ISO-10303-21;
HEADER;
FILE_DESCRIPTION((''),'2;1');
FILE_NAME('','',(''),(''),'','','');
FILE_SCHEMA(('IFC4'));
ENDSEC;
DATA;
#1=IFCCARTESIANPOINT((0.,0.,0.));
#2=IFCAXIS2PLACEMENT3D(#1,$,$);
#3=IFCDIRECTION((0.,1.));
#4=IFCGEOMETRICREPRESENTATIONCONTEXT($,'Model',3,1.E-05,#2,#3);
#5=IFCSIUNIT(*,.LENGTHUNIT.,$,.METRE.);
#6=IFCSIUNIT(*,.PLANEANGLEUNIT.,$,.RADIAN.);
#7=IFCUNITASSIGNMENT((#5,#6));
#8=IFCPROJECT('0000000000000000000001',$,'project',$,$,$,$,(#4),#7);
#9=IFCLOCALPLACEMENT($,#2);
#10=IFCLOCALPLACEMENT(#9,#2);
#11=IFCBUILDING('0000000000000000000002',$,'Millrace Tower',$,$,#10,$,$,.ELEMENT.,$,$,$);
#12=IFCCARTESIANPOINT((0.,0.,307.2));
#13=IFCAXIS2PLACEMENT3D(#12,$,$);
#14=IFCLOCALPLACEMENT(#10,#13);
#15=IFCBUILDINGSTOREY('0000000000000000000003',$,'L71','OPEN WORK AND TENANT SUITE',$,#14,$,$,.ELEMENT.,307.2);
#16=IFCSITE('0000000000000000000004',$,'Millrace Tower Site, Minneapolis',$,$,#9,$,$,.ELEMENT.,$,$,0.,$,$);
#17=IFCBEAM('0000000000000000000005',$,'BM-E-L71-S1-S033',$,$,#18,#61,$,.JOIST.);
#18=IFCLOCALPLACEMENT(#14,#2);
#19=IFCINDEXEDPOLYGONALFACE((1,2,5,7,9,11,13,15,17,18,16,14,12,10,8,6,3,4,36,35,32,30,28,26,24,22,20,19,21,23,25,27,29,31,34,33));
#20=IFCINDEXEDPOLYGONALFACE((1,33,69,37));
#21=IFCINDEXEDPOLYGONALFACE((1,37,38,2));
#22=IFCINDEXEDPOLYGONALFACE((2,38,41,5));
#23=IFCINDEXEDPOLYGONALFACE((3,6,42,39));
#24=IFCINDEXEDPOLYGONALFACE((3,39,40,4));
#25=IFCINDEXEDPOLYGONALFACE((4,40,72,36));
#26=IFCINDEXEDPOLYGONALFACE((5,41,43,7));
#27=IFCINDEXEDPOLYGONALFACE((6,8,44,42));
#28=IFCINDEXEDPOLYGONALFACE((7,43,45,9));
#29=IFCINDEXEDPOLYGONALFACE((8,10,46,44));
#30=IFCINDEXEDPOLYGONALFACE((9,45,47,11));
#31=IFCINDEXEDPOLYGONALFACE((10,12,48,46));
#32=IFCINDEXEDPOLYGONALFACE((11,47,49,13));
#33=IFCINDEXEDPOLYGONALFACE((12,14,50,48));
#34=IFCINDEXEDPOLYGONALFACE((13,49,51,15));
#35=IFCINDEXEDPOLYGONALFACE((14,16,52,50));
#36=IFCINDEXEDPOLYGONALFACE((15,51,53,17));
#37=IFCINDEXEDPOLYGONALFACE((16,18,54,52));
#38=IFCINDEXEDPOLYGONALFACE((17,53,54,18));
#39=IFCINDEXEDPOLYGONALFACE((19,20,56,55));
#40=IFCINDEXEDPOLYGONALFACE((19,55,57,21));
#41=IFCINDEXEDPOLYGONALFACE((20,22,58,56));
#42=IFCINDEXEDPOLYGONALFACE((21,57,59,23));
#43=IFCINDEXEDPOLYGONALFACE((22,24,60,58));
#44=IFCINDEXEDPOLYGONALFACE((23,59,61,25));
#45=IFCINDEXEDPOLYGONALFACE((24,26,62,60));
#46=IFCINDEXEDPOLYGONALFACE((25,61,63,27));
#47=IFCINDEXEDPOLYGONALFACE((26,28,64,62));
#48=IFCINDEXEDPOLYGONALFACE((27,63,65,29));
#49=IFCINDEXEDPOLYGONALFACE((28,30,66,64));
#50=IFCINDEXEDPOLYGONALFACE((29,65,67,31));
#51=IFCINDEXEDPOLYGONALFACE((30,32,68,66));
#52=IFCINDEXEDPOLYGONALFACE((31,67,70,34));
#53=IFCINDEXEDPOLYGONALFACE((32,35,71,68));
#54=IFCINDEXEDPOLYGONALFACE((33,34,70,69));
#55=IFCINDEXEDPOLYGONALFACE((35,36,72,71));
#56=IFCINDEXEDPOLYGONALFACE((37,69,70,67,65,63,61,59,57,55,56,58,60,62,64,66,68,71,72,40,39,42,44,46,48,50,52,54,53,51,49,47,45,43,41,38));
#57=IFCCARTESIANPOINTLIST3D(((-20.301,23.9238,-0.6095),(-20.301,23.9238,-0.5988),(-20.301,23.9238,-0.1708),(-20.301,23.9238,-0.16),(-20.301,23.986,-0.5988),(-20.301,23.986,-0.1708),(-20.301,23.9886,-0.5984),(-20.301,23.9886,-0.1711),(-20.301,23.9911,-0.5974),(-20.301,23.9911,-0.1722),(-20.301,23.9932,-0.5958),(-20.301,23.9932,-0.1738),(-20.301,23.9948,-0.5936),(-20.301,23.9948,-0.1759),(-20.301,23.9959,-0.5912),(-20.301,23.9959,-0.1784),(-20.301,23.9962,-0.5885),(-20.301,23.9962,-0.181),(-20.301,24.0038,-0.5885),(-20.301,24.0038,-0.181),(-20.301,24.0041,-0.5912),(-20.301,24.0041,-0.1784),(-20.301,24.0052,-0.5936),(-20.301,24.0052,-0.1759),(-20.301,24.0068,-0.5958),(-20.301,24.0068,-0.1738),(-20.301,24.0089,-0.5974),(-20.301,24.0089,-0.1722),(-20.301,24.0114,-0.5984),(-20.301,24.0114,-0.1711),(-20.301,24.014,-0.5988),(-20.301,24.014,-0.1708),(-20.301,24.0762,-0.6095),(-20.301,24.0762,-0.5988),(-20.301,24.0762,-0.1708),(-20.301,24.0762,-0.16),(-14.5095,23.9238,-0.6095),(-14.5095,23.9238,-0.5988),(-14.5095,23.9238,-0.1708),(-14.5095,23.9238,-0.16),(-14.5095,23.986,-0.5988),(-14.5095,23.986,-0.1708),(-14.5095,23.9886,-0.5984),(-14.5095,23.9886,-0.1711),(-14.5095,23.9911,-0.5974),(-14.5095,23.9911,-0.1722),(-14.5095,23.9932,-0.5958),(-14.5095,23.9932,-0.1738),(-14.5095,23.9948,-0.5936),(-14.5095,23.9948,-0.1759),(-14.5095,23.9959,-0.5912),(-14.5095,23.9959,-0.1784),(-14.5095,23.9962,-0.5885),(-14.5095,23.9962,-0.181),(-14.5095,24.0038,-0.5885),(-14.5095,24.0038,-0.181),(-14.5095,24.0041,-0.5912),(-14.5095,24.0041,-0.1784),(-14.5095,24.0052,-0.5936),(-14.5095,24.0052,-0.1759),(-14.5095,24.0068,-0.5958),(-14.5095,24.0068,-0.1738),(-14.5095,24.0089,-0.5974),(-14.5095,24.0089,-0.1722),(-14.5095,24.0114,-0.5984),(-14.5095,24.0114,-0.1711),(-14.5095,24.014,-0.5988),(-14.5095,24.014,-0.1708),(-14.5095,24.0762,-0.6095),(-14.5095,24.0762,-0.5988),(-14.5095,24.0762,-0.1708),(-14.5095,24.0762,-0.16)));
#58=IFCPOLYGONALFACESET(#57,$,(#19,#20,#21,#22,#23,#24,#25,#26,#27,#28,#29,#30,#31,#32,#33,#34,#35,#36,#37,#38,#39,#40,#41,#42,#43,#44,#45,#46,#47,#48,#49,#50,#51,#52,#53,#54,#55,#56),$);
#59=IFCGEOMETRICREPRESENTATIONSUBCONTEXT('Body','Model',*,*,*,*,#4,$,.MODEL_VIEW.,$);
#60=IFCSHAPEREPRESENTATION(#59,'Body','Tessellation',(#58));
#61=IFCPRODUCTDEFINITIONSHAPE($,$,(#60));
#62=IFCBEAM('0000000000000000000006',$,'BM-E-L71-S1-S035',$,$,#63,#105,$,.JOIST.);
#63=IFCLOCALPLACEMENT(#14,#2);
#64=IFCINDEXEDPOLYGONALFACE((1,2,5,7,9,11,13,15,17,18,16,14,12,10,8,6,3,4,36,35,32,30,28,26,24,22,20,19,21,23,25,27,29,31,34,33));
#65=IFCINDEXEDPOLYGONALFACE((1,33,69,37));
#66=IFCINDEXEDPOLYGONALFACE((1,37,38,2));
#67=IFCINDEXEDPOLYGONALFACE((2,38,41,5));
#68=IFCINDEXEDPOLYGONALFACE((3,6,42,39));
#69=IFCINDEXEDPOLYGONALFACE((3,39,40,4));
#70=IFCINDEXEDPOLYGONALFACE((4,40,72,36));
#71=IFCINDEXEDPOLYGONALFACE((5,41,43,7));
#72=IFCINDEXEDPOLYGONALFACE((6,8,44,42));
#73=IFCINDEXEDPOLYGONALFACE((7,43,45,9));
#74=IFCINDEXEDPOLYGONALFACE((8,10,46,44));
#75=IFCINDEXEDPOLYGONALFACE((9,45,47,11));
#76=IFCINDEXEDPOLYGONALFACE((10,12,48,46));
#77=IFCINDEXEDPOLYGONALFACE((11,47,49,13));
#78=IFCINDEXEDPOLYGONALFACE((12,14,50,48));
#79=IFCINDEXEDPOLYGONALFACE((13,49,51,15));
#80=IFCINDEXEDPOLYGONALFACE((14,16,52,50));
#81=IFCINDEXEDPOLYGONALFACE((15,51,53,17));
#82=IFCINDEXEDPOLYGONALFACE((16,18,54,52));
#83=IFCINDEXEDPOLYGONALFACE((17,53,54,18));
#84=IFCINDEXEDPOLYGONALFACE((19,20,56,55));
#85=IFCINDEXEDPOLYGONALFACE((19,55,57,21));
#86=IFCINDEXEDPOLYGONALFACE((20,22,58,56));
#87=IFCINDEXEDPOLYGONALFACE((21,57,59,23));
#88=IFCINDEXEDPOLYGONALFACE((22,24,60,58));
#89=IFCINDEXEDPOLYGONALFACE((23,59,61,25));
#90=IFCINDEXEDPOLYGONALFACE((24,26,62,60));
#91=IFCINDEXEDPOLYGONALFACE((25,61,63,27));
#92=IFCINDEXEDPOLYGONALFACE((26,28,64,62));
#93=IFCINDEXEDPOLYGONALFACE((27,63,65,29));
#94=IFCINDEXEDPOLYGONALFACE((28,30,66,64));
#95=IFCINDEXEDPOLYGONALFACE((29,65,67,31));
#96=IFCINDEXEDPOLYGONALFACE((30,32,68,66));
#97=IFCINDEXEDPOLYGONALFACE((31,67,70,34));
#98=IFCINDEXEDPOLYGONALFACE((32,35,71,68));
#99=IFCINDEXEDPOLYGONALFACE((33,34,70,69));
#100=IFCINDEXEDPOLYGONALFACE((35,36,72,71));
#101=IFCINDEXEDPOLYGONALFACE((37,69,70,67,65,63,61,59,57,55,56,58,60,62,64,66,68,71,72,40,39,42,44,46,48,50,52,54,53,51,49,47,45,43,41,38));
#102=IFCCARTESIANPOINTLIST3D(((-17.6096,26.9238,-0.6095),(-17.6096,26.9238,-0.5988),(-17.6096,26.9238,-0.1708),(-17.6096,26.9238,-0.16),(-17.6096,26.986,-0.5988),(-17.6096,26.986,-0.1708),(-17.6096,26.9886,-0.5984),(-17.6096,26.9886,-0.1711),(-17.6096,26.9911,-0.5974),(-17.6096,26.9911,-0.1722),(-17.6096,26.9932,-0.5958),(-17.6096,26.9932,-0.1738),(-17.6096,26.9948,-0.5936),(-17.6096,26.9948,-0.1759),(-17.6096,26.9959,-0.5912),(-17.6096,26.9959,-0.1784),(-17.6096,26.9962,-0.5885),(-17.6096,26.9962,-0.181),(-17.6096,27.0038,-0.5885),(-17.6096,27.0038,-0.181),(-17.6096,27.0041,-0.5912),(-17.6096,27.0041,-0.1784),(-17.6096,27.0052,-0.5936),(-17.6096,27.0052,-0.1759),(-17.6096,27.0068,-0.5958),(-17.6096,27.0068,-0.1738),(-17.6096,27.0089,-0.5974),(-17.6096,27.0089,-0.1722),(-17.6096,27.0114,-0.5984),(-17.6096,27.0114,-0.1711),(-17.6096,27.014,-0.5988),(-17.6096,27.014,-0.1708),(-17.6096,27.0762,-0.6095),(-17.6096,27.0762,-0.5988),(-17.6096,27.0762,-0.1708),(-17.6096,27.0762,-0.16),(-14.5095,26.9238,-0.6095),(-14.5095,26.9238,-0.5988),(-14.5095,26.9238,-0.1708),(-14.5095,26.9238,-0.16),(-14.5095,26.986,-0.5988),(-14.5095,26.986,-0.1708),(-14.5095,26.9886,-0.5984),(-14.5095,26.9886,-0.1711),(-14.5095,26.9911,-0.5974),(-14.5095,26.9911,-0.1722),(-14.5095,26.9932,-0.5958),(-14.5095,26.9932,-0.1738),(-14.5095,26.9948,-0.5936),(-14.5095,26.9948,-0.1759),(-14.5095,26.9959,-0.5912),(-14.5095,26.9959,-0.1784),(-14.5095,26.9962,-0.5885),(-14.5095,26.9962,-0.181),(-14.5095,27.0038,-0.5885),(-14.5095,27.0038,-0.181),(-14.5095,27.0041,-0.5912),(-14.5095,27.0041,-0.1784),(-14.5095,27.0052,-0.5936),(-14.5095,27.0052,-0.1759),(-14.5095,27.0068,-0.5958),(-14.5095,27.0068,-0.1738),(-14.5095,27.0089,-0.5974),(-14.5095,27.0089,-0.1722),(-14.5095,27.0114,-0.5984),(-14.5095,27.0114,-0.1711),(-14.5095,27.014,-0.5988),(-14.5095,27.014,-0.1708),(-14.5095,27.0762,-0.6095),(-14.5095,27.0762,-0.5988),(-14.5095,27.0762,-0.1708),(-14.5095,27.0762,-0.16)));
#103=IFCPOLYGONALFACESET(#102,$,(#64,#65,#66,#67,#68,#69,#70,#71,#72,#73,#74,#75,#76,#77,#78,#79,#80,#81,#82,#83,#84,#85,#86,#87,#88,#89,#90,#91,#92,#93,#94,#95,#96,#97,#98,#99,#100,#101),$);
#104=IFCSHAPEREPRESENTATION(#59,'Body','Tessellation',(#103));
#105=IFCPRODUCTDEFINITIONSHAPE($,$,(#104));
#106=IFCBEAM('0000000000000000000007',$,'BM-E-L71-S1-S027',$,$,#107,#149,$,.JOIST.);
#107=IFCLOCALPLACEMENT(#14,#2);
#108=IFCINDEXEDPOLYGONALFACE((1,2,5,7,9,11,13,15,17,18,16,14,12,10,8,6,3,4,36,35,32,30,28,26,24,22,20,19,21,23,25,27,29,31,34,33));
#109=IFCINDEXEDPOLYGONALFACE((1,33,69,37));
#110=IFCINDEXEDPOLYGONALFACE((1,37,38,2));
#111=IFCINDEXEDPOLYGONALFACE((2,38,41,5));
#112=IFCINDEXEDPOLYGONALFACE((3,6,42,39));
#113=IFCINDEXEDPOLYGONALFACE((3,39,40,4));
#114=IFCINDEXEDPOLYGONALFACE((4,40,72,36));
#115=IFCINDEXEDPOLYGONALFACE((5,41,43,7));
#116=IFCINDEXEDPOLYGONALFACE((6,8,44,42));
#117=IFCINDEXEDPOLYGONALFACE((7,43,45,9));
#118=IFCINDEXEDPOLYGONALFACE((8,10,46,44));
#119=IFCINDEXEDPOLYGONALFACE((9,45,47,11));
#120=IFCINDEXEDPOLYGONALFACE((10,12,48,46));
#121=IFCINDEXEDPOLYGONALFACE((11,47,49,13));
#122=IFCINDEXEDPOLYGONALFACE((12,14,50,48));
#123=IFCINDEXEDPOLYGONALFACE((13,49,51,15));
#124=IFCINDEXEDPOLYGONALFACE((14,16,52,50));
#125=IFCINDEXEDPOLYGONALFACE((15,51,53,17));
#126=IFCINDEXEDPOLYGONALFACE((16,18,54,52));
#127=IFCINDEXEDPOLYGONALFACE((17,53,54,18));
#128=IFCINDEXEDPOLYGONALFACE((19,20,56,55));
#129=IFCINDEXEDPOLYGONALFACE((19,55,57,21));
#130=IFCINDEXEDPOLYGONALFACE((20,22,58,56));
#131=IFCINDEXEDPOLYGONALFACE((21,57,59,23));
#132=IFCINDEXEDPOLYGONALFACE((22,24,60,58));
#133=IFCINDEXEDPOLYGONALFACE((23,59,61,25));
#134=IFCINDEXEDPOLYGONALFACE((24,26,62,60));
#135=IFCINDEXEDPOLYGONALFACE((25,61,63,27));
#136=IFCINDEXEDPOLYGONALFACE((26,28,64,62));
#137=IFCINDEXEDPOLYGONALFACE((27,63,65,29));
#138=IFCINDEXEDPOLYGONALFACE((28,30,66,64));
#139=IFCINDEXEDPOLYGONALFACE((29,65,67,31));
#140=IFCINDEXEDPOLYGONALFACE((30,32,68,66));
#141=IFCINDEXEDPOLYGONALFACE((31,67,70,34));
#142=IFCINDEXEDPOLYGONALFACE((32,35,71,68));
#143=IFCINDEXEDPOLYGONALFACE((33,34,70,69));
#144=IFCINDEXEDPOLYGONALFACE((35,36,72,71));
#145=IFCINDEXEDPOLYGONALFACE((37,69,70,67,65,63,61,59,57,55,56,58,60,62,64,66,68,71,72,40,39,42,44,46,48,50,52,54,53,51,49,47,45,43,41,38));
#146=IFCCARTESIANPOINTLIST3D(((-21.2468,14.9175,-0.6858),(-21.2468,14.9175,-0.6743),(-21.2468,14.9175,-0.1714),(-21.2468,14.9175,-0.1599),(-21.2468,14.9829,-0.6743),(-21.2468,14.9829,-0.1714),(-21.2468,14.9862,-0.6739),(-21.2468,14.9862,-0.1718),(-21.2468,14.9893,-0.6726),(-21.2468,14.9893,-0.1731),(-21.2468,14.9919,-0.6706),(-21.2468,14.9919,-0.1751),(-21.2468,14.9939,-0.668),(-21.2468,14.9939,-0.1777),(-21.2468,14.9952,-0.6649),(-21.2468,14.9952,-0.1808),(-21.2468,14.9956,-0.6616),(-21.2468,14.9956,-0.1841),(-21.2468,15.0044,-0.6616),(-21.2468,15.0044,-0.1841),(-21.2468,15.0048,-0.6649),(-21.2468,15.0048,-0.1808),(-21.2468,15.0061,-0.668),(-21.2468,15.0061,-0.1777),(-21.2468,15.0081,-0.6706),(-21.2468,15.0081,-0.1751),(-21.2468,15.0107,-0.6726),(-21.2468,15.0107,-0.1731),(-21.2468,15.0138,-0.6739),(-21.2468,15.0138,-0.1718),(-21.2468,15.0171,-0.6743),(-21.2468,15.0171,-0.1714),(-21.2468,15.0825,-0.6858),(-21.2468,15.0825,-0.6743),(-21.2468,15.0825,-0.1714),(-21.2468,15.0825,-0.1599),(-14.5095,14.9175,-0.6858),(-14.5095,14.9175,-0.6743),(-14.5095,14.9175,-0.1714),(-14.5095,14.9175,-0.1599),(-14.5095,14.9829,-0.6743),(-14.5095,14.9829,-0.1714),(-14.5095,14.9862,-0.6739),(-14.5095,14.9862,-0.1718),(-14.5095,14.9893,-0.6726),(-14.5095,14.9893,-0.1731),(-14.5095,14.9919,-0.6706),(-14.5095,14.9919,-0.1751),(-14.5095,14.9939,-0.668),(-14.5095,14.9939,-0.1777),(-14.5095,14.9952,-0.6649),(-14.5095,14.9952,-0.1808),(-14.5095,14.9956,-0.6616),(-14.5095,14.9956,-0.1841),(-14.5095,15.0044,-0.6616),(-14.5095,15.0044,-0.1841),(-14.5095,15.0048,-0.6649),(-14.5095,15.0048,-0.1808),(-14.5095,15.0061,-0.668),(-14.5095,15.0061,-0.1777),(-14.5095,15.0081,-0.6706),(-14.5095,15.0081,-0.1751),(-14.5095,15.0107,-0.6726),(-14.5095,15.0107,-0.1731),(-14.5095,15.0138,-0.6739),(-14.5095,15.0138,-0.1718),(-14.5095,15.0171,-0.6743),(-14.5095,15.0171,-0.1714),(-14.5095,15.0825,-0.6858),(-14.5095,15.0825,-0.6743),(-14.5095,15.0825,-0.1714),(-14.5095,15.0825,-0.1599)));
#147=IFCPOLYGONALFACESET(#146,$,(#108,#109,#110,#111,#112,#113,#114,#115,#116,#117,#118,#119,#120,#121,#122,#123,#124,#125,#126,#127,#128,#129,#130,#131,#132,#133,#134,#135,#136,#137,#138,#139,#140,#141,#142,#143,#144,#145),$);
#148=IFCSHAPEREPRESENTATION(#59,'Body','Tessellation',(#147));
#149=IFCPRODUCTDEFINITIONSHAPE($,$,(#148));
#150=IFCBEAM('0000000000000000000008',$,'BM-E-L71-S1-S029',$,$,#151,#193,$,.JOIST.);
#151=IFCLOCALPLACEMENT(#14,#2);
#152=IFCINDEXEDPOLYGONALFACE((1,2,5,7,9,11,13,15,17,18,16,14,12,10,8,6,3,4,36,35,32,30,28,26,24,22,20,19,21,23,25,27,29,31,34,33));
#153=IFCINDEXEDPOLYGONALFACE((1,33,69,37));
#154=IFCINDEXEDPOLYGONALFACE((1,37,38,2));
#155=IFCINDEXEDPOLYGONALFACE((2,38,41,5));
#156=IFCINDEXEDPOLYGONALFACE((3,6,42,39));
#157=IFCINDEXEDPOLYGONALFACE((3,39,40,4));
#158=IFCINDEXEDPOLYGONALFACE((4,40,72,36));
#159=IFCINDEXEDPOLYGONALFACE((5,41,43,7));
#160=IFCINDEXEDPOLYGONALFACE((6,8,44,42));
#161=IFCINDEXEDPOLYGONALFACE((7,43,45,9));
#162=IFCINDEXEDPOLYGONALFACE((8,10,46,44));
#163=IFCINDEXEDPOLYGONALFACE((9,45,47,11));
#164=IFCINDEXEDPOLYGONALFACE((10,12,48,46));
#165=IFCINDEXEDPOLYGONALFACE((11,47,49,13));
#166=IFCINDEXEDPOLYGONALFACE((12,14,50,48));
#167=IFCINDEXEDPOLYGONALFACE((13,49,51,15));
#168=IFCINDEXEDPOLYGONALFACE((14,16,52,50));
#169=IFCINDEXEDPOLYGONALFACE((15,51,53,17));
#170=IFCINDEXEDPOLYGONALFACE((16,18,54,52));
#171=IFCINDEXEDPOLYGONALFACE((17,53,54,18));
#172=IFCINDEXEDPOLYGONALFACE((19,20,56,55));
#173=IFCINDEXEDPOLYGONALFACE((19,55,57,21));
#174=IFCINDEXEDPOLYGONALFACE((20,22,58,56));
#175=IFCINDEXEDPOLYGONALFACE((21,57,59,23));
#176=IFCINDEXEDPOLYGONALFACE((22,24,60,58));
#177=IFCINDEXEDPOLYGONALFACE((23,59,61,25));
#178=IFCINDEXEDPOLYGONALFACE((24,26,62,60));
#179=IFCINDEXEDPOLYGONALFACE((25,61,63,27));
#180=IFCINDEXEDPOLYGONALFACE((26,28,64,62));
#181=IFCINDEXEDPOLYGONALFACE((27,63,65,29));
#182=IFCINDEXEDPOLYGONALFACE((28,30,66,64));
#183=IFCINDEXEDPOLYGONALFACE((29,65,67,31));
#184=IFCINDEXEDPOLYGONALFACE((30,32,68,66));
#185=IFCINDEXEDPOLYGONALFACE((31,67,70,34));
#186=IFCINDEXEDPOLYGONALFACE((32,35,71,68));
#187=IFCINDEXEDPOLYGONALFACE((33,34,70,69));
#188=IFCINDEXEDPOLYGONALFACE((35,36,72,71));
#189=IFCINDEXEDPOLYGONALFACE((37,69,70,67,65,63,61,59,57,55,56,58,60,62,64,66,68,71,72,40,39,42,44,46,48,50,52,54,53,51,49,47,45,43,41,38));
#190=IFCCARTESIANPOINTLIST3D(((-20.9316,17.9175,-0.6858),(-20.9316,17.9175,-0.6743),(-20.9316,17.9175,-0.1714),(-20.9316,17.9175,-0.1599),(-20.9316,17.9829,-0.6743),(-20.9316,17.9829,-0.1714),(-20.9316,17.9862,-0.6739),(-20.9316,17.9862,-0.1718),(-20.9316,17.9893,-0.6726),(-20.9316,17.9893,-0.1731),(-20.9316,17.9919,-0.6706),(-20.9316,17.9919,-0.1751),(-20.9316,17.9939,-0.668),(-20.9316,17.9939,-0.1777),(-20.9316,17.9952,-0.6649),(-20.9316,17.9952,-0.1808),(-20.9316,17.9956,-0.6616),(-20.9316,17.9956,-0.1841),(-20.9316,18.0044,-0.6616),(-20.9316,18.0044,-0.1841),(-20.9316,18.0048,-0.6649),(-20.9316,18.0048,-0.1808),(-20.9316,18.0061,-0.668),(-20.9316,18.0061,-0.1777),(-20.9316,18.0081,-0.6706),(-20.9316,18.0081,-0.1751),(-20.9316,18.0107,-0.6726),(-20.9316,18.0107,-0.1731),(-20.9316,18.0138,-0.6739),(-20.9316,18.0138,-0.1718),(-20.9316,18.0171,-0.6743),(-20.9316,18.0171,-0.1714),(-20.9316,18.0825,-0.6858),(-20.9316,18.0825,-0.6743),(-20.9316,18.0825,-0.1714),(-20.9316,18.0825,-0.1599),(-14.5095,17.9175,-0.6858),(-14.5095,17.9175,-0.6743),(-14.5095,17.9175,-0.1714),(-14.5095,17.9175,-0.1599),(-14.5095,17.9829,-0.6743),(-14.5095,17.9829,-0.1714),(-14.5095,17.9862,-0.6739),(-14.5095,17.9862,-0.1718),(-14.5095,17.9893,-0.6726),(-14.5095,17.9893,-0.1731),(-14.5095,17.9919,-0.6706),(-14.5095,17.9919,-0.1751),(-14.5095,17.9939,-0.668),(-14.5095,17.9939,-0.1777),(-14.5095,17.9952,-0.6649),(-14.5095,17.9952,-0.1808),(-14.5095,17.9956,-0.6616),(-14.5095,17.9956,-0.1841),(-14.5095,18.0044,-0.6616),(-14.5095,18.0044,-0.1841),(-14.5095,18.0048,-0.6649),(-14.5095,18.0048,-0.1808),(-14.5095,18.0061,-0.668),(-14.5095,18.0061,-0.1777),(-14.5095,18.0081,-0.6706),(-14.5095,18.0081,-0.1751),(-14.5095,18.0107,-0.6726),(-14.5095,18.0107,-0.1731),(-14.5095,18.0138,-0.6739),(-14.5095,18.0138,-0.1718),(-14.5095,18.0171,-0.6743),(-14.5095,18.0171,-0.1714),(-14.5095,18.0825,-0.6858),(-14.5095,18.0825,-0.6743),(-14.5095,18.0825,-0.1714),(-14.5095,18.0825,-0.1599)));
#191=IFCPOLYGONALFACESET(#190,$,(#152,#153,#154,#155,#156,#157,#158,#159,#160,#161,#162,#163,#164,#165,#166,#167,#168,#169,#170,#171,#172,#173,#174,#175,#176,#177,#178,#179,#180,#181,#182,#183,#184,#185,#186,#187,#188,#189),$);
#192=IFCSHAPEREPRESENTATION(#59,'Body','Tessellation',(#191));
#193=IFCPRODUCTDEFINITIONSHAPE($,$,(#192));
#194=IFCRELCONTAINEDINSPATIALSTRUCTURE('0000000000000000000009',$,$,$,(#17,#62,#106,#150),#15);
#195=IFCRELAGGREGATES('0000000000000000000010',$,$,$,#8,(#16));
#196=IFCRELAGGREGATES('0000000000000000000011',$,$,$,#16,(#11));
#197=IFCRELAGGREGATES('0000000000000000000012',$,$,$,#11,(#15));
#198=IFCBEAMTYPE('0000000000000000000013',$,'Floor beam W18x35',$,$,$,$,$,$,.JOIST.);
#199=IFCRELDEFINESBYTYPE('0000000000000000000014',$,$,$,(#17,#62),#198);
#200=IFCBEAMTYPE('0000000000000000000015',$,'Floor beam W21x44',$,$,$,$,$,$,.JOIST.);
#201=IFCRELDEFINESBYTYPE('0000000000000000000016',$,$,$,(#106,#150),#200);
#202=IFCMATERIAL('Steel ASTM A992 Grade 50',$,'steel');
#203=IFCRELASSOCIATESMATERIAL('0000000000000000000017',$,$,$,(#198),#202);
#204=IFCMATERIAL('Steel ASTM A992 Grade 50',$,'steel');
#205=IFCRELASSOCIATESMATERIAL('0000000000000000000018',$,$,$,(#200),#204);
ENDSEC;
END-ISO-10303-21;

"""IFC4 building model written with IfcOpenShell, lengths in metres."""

from ifc_helpers import new_model, si_unit, direction, frame, origin, origin_2d, place, context, subcontext, project, spatial, i_section, extrude, material, material_profile, profile_set, type_object, element, save


model = new_model("IFC4")

# Units and contexts
model_context = context("Model", 3, precision=1e-05, world=origin(), true_north=direction((0.0, 1.0)))
body_context = subcontext(model_context, "Body", "Model", "MODEL_VIEW")
ifc_project = project(units=[si_unit("LENGTHUNIT", "METRE"), si_unit("PLANEANGLEUNIT", "RADIAN")], contexts=[model_context])

# Site, building, storey
site_placement = place(None, origin())
site = spatial("IfcSite", under=ifc_project, at=site_placement, Name="Millrace Tower Site, Minneapolis", CompositionType="ELEMENT", RefElevation=0.0)
building_placement = place(site_placement, origin())
building = spatial("IfcBuilding", under=site, at=building_placement, Name="Millrace Tower", CompositionType="ELEMENT")
storey_placement = place(building_placement, frame((0.0, 0.0, 307.2)))
storey = spatial("IfcBuildingStorey", under=building, at=storey_placement, Name="L71", Description="OPEN WORK AND TENANT SUITE", CompositionType="ELEMENT", Elevation=307.2)

# Beams
ifc_material_1 = material(Name="Steel ASTM A992 Grade 50", Category="steel")
ifc_material_profile_1 = material_profile(ifc_material_1, i_section(OverallWidth=0.1523, OverallDepth=0.4495, WebThickness=0.0076, FlangeThickness=0.0107, FilletRadius=0.0103, at=origin_2d()))
ifc_profile_set_1 = profile_set([ifc_material_profile_1], Name="Steel ASTM A992 Grade 50")
beam_type_1 = type_object("IfcBeamType", Name="Floor beam W18x35", PredefinedType="JOIST", material=ifc_profile_set_1)
beam_1_placement = place(storey_placement, frame((-20.301, 24.0, -0.3848), z_axis=(1.0, 0.0, 0.0), x_axis=(0.0, 1.0, 0.0)))
element("IfcBeam", 1, at=beam_1_placement, inside=storey, type_object=beam_type_1, Name="BM-E-L71-S1-S033", PredefinedType="JOIST", context=body_context, shape_type="SweptSolid", body=[
    extrude(i_section(OverallWidth=0.1523, OverallDepth=0.4495, WebThickness=0.0076, FlangeThickness=0.0107, FilletRadius=0.0103, at=origin_2d()), origin(), (0.0, 0.0, 1.0), 5.7915),
])
beam_2_placement = place(storey_placement, frame((-17.6096, 27.0, -0.3848), z_axis=(1.0, 0.0, 0.0), x_axis=(0.0, 1.0, 0.0)))
element("IfcBeam", 2, at=beam_2_placement, inside=storey, type_object=beam_type_1, Name="BM-E-L71-S1-S035", PredefinedType="JOIST", context=body_context, shape_type="SweptSolid", body=[
    extrude(i_section(OverallWidth=0.1523, OverallDepth=0.4495, WebThickness=0.0076, FlangeThickness=0.0107, FilletRadius=0.0103, at=origin_2d()), origin(), (0.0, 0.0, 1.0), 3.1001),
])
ifc_material_2 = material(Name="Steel ASTM A992 Grade 50", Category="steel")
ifc_material_profile_2 = material_profile(ifc_material_2, i_section(OverallWidth=0.165, OverallDepth=0.5259, WebThickness=0.0088, FlangeThickness=0.0115, FilletRadius=0.0127, at=origin_2d()))
ifc_profile_set_2 = profile_set([ifc_material_profile_2], Name="Steel ASTM A992 Grade 50")
beam_type_2 = type_object("IfcBeamType", Name="Floor beam W21x44", PredefinedType="JOIST", material=ifc_profile_set_2)
beam_3_placement = place(storey_placement, frame((-21.2468, 15.0, -0.4229), z_axis=(1.0, 0.0, 0.0), x_axis=(0.0, 1.0, 0.0)))
element("IfcBeam", 3, at=beam_3_placement, inside=storey, type_object=beam_type_2, Name="BM-E-L71-S1-S027", PredefinedType="JOIST", context=body_context, shape_type="SweptSolid", body=[
    extrude(i_section(OverallWidth=0.165, OverallDepth=0.5259, WebThickness=0.0088, FlangeThickness=0.0115, FilletRadius=0.0127, at=origin_2d()), origin(), (0.0, 0.0, 1.0), 6.7373),
])
beam_4_placement = place(storey_placement, frame((-20.9316, 18.0, -0.4229), z_axis=(1.0, 0.0, 0.0), x_axis=(0.0, 1.0, 0.0)))
element("IfcBeam", 4, at=beam_4_placement, inside=storey, type_object=beam_type_2, Name="BM-E-L71-S1-S029", PredefinedType="JOIST", context=body_context, shape_type="SweptSolid", body=[
    extrude(i_section(OverallWidth=0.165, OverallDepth=0.5259, WebThickness=0.0088, FlangeThickness=0.0115, FilletRadius=0.0127, at=origin_2d()), origin(), (0.0, 0.0, 1.0), 6.4221),
])

save(model, "model.ifc")
